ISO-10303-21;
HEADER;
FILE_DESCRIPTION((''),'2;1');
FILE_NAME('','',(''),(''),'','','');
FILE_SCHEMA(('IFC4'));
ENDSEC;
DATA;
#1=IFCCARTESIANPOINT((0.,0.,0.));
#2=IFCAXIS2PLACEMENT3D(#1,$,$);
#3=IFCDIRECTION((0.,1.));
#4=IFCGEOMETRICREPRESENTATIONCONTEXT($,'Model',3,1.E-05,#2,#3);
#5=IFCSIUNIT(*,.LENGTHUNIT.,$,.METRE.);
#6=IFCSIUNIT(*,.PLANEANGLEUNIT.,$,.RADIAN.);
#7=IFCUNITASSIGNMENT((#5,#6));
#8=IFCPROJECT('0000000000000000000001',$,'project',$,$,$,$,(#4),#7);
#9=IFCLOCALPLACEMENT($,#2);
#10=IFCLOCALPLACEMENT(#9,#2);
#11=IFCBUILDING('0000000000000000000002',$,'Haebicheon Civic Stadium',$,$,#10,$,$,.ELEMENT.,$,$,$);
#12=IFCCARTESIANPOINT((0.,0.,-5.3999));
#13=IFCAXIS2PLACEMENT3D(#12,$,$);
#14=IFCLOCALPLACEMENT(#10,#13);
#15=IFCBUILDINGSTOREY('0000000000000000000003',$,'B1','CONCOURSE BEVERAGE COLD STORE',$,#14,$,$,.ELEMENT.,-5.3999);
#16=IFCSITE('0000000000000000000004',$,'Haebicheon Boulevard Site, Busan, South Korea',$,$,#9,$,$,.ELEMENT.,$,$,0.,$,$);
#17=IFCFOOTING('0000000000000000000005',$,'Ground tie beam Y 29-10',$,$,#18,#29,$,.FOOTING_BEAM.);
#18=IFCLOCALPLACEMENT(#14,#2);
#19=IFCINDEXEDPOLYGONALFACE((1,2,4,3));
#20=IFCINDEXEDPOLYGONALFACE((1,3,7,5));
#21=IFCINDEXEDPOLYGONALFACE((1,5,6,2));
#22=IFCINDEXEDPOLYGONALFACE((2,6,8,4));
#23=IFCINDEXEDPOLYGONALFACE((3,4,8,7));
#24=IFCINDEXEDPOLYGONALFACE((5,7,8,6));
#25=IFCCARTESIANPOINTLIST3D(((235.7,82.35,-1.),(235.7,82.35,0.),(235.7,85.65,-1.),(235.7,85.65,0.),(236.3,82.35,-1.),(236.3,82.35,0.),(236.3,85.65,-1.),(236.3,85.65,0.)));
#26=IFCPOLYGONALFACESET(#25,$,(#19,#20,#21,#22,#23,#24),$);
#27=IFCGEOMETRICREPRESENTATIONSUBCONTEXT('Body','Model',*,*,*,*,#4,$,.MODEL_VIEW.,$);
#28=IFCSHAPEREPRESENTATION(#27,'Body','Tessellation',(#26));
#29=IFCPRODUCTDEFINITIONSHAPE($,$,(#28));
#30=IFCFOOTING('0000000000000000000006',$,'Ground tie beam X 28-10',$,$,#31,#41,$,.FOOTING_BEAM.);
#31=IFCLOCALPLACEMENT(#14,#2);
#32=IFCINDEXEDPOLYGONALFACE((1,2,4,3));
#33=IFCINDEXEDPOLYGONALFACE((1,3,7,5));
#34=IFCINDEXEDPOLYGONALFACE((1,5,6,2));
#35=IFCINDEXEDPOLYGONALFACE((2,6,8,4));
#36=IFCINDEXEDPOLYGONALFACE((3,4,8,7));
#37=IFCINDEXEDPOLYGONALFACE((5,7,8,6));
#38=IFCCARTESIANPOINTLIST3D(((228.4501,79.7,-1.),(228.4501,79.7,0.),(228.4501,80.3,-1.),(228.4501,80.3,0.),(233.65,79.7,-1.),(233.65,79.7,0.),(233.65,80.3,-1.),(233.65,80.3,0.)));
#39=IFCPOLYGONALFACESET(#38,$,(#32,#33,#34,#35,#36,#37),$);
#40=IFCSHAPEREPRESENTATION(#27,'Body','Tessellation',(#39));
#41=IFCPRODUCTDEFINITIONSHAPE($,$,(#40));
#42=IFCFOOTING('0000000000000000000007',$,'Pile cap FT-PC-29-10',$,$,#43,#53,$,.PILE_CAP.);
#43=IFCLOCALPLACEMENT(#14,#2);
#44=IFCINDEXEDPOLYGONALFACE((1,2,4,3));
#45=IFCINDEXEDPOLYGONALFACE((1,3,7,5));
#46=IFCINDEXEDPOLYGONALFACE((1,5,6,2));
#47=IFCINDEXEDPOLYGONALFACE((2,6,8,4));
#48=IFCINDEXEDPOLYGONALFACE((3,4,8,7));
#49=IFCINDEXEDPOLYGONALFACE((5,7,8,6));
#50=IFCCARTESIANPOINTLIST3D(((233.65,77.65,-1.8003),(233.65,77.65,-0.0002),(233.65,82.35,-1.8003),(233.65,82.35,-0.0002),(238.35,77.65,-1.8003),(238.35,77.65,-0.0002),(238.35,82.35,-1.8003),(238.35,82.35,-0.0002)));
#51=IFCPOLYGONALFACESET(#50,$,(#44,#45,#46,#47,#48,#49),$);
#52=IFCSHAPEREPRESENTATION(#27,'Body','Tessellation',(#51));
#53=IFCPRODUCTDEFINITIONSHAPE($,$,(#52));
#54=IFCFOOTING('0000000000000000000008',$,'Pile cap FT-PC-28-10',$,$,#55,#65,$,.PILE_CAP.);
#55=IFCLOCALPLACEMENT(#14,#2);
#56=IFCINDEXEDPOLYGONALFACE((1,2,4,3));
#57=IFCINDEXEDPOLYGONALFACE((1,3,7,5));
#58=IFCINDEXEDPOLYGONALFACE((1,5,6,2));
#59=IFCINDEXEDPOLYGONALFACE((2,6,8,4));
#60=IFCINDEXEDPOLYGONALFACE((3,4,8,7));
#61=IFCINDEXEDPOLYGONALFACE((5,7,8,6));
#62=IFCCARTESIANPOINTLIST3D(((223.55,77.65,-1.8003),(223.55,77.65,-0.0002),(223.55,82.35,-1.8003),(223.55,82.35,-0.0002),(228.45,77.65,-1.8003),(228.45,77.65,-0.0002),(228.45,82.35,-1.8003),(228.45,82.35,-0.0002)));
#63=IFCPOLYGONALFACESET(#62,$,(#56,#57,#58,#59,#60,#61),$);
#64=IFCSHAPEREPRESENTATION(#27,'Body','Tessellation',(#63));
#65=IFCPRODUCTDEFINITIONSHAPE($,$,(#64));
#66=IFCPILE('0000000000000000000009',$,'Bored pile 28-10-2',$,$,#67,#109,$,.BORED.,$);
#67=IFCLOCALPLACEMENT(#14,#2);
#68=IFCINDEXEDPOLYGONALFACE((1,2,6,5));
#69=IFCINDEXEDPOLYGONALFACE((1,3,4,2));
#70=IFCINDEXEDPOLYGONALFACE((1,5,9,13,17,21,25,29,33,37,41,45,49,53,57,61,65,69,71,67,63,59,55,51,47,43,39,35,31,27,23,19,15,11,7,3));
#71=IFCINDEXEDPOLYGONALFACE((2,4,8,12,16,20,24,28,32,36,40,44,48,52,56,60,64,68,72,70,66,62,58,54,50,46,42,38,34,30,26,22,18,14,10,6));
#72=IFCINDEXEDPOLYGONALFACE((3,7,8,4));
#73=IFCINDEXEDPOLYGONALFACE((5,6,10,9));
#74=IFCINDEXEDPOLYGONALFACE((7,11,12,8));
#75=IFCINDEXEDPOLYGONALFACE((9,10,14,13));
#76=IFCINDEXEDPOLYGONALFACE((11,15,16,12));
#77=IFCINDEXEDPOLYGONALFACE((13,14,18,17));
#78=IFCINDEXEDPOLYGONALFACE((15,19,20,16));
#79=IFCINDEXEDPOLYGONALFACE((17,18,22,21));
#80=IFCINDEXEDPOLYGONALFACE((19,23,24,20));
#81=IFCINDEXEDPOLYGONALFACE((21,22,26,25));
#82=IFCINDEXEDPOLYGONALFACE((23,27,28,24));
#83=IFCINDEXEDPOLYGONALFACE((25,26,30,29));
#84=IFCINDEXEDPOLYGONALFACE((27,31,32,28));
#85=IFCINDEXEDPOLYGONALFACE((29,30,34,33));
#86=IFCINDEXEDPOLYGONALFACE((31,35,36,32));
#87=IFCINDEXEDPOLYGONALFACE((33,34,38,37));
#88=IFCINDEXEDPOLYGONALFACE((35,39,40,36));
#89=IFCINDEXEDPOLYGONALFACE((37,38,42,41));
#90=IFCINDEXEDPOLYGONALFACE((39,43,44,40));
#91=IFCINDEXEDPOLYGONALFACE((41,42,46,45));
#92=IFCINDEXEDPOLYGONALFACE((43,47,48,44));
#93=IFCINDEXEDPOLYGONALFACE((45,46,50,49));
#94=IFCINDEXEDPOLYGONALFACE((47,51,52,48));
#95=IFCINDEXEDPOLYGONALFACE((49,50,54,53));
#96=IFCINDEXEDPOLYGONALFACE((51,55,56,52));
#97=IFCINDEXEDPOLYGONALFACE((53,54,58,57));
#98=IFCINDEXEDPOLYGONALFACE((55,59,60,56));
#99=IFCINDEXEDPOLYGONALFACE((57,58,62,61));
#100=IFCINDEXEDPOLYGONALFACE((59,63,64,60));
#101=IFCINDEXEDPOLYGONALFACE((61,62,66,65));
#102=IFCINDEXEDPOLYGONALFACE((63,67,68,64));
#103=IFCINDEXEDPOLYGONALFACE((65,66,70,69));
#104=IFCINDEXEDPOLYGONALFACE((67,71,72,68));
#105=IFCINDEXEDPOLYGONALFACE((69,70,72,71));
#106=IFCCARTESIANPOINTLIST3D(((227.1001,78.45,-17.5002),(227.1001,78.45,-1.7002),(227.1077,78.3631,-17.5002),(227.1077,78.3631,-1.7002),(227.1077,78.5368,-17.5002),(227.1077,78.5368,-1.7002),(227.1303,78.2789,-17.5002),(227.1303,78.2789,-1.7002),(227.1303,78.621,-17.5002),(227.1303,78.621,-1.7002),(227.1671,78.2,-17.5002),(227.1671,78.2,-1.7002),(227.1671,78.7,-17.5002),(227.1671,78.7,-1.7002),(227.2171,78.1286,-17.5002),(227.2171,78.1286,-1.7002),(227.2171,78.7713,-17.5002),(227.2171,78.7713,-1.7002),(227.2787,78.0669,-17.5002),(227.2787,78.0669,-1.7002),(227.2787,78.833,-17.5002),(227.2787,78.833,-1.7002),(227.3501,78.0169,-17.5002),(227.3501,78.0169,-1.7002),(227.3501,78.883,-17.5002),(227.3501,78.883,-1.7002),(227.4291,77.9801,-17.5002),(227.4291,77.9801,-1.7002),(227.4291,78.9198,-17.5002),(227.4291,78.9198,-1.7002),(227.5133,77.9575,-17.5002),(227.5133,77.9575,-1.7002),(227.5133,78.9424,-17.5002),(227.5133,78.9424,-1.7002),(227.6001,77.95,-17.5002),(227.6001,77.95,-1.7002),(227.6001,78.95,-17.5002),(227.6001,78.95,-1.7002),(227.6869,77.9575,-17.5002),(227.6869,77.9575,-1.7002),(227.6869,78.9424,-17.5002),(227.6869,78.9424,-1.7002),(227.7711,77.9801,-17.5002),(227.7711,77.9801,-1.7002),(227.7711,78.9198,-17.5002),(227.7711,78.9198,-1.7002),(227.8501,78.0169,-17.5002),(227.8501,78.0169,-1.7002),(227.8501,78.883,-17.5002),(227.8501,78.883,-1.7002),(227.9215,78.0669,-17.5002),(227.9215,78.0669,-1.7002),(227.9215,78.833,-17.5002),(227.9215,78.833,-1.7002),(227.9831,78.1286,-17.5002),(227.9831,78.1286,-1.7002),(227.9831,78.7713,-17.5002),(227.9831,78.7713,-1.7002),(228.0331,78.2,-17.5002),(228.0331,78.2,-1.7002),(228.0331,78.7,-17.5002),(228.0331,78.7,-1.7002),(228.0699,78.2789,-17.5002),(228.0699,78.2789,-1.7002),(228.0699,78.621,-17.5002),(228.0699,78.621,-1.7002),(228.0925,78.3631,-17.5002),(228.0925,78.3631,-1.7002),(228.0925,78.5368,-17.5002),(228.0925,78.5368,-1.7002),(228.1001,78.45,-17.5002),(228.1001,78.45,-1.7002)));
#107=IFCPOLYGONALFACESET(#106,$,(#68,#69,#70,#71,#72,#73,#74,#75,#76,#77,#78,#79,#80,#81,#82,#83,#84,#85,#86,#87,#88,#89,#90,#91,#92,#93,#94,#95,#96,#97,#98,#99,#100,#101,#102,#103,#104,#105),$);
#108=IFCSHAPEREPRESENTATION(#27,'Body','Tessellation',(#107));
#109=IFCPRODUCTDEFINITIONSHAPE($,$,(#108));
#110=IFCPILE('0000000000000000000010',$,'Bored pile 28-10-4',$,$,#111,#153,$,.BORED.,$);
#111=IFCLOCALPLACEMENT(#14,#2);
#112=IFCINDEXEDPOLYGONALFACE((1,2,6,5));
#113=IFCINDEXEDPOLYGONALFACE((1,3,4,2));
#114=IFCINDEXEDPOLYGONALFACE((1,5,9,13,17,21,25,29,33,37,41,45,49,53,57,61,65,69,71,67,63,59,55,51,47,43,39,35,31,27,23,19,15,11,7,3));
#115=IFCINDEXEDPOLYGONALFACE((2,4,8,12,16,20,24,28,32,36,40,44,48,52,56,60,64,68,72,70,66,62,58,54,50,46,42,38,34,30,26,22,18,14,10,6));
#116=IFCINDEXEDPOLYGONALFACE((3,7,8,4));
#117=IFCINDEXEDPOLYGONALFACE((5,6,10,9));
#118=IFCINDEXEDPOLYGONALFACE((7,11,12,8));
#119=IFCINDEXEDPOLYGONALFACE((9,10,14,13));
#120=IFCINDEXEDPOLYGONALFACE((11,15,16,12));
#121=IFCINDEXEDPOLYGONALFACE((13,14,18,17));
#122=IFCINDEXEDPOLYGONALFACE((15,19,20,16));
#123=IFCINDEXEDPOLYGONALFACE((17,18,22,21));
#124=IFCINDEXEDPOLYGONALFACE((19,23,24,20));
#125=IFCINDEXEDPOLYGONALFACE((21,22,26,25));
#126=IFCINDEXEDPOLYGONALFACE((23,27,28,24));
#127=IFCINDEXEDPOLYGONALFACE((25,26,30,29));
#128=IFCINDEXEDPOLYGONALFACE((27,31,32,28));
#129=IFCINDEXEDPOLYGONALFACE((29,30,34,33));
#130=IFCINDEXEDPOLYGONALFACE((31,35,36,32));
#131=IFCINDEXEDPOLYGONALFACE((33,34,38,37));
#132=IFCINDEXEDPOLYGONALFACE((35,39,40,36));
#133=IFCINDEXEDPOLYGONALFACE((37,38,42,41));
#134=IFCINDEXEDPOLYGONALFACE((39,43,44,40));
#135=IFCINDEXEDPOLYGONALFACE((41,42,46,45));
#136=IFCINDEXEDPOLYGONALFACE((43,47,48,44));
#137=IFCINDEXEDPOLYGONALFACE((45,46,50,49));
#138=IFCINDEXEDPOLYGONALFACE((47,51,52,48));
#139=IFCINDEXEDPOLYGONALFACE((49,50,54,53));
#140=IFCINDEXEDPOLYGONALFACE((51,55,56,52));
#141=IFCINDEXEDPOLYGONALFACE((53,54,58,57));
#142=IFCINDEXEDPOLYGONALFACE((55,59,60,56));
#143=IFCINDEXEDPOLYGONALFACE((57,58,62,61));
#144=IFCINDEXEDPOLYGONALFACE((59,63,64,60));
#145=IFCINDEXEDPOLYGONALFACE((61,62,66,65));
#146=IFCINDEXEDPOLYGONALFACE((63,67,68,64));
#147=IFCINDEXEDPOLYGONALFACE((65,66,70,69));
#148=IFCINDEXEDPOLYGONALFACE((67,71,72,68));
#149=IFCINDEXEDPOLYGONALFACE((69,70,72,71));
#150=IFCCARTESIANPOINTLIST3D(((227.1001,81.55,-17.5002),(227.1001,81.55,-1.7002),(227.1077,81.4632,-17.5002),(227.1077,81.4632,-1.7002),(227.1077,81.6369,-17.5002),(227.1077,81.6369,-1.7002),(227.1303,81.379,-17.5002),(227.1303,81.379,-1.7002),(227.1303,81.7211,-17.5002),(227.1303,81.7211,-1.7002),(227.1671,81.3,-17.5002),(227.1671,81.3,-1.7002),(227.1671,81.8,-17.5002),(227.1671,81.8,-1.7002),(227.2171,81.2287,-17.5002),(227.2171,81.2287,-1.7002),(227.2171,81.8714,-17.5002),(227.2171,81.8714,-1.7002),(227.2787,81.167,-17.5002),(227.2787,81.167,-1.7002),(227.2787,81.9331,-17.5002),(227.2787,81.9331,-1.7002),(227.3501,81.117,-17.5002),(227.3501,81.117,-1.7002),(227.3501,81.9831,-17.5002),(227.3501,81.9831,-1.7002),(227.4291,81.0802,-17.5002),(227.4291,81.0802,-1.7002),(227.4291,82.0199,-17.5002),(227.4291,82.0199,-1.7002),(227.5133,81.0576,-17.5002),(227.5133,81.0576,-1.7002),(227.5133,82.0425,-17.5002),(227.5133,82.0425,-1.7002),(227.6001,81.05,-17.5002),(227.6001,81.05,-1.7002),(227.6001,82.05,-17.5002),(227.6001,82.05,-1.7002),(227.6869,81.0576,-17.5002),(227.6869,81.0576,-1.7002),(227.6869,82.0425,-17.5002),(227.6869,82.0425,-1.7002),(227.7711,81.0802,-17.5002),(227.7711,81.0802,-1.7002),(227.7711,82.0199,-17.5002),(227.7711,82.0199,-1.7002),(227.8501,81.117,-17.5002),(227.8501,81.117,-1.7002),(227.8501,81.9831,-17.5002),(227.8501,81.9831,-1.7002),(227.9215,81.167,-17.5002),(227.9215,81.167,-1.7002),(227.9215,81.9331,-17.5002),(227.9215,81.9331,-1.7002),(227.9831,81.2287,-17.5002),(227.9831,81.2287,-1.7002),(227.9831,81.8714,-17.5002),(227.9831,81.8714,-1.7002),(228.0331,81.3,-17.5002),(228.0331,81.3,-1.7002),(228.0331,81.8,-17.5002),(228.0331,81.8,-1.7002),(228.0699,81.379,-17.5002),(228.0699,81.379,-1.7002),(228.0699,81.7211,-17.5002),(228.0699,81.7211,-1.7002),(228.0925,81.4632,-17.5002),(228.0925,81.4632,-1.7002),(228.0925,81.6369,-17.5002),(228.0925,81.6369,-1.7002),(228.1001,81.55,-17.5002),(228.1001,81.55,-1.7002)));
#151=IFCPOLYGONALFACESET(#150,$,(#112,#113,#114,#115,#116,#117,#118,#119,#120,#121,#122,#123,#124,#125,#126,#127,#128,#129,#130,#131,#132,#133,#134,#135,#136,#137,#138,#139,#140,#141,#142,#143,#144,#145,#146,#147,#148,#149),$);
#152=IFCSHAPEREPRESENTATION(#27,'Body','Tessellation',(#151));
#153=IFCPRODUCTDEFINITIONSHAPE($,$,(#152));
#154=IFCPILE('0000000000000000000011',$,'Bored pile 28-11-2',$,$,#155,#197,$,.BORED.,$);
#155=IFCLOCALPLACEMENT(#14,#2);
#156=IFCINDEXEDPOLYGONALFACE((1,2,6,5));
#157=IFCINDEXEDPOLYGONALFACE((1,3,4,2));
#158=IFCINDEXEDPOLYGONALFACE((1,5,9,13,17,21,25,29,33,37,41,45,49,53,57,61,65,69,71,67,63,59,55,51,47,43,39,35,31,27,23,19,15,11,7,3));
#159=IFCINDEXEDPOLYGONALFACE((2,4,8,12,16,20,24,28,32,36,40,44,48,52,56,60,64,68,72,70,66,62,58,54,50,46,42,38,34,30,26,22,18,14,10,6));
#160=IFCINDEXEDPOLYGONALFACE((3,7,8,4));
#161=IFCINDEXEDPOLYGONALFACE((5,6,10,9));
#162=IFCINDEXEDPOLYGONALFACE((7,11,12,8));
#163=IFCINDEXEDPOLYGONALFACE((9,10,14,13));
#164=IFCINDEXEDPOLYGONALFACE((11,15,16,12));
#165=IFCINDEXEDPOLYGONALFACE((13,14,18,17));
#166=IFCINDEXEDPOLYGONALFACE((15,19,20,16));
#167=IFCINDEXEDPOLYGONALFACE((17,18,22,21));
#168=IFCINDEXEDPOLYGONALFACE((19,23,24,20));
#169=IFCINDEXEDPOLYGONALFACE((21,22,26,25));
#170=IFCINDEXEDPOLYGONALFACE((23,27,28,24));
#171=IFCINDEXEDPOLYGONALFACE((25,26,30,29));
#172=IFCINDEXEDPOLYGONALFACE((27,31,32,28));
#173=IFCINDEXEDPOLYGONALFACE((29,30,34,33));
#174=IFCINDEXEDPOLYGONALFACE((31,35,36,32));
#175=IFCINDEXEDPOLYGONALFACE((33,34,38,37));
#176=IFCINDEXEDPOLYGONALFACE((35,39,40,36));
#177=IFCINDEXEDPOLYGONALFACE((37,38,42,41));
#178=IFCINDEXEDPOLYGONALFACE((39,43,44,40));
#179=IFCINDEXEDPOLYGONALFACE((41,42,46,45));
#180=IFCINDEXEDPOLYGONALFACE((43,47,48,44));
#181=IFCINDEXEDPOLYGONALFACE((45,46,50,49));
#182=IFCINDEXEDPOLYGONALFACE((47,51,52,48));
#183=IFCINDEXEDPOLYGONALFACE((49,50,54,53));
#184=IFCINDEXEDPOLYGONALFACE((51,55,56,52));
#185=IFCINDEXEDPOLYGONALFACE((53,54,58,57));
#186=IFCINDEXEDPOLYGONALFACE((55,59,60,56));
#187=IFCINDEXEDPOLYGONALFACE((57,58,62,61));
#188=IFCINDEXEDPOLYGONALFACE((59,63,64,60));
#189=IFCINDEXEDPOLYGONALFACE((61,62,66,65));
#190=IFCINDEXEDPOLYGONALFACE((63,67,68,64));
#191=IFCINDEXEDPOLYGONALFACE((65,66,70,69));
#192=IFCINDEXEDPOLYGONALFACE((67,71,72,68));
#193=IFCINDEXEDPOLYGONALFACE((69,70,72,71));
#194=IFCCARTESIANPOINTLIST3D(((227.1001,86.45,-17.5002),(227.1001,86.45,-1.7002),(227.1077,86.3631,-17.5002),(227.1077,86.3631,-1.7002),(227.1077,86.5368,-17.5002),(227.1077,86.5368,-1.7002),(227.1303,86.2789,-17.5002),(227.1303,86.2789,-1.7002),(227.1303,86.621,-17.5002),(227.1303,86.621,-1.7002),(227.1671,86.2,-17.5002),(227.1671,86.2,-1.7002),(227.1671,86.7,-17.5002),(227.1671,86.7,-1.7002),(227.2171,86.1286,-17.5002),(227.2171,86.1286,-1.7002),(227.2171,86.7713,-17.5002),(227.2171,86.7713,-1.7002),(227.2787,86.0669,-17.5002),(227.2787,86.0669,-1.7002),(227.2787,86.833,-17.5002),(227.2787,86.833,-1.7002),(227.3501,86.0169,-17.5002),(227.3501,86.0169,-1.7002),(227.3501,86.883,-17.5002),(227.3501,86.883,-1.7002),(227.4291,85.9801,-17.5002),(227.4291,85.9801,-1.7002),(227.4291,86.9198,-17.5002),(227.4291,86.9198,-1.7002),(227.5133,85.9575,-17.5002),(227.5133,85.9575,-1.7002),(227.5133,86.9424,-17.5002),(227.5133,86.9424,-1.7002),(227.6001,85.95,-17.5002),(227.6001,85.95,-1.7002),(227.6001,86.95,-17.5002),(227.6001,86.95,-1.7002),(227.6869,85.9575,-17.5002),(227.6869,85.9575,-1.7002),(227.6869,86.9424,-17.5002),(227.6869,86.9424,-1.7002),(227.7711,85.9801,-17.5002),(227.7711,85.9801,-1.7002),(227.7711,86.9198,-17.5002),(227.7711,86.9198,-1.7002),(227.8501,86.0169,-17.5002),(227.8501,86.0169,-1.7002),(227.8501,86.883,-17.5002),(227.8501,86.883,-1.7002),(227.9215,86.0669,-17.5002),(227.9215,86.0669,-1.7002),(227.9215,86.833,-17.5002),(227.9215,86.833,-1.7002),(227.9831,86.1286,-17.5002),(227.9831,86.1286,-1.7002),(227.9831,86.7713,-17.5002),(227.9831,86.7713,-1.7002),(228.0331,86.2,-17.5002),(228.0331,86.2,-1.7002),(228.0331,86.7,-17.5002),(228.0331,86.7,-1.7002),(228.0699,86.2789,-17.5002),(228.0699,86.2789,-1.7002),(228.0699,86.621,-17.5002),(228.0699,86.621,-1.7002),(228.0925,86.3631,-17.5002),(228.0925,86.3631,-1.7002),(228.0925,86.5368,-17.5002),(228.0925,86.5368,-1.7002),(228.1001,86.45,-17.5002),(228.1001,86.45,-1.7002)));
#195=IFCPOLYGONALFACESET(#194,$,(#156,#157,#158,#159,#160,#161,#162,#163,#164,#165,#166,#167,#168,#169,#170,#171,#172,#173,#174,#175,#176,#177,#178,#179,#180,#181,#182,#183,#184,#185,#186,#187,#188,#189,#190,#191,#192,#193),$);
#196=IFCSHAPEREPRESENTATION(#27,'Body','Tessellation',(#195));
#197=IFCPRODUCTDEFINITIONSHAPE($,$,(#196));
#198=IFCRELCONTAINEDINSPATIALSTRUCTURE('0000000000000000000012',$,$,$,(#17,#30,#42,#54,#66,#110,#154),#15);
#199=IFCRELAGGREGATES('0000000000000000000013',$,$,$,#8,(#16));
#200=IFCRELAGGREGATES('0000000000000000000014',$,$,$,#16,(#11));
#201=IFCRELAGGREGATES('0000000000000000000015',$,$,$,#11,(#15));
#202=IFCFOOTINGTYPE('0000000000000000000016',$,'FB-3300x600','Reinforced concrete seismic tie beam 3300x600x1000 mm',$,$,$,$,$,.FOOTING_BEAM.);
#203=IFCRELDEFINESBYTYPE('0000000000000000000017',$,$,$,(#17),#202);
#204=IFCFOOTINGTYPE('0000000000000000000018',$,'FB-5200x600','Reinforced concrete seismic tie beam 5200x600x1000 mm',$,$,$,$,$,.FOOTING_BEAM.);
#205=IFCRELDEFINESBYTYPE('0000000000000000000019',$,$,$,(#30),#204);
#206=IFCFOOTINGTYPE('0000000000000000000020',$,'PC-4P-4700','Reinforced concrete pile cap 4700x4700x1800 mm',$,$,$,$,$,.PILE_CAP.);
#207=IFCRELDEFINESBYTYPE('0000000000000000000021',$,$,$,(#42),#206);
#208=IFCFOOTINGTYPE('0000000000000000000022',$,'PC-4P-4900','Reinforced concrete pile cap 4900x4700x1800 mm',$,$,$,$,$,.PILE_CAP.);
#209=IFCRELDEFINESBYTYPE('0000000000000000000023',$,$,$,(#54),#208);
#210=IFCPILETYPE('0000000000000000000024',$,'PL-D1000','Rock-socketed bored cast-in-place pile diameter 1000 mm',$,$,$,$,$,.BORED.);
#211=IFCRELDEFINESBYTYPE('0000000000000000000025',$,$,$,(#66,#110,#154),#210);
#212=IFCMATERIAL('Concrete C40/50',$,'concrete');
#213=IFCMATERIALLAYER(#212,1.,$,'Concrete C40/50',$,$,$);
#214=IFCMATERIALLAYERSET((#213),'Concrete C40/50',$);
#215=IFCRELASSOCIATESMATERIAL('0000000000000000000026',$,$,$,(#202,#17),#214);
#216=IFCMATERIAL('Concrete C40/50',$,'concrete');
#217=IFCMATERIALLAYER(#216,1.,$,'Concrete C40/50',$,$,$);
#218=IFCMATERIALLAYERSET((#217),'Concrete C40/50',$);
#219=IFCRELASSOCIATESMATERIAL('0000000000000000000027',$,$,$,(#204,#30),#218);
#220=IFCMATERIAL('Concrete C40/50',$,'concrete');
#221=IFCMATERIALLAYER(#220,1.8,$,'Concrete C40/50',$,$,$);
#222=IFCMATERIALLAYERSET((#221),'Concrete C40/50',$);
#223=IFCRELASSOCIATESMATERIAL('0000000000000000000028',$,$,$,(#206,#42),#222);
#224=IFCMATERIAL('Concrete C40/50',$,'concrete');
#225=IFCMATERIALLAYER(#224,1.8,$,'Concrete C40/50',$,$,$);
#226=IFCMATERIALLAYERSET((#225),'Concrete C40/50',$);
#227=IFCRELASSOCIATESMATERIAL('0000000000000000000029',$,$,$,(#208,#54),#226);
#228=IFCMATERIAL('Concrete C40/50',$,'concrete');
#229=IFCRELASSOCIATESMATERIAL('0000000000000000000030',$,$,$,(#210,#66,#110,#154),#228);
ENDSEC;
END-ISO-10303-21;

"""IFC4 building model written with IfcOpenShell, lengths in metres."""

from ifc_helpers import new_model, si_unit, direction, frame, origin, origin_2d, place, context, subcontext, project, spatial, rectangle, circle, extrude, material, layer, layer_set, material_profile, profile_set, type_object, element, save


model = new_model("IFC4")

# Units and contexts
model_context = context("Model", 3, precision=1e-05, world=origin(), true_north=direction((0.0, 1.0)))
body_context = subcontext(model_context, "Body", "Model", "MODEL_VIEW")
ifc_project = project(units=[si_unit("LENGTHUNIT", "METRE"), si_unit("PLANEANGLEUNIT", "RADIAN")], contexts=[model_context])

# Site, building, storey
site_placement = place(None, origin())
site = spatial("IfcSite", under=ifc_project, at=site_placement, Name="Haebicheon Boulevard Site, Busan, South Korea", CompositionType="ELEMENT", RefElevation=0.0)
building_placement = place(site_placement, origin())
building = spatial("IfcBuilding", under=site, at=building_placement, Name="Haebicheon Civic Stadium", CompositionType="ELEMENT")
storey_placement = place(building_placement, frame((0.0, 0.0, -5.3999)))
storey = spatial("IfcBuildingStorey", under=building, at=storey_placement, Name="B1", Description="CONCOURSE BEVERAGE COLD STORE", CompositionType="ELEMENT", Elevation=-5.3999)

# Footings
ifc_material_1 = material(Name="Concrete C40/50", Category="concrete")
ifc_layer_1 = layer(ifc_material_1, 1.0, Name="Concrete C40/50")
ifc_layer_set_1 = layer_set([ifc_layer_1], Name="Concrete C40/50")
footing_type_1 = type_object("IfcFootingType", Name="FB-3300x600", Description="Reinforced concrete seismic tie beam 3300x600x1000 mm", PredefinedType="FOOTING_BEAM", material=ifc_layer_set_1)
footing_1_placement = place(storey_placement, frame((236.0, 84.0, -1.0), z_axis=(0.0, 0.0, 1.0), x_axis=(0.0, 1.0, 0.0)))
element("IfcFooting", 1, at=footing_1_placement, inside=storey, type_object=footing_type_1, material=ifc_layer_set_1, Name="Ground tie beam Y 29-10", PredefinedType="FOOTING_BEAM", context=body_context, shape_type="SweptSolid", body=[
    extrude(rectangle(XDim=3.3, YDim=0.6001, at=origin_2d()), origin(), (0.0, 0.0, 1.0), 1.0),
])
ifc_material_2 = material(Name="Concrete C40/50", Category="concrete")
ifc_layer_2 = layer(ifc_material_2, 1.0, Name="Concrete C40/50")
ifc_layer_set_2 = layer_set([ifc_layer_2], Name="Concrete C40/50")
footing_type_2 = type_object("IfcFootingType", Name="FB-5200x600", Description="Reinforced concrete seismic tie beam 5200x600x1000 mm", PredefinedType="FOOTING_BEAM", material=ifc_layer_set_2)
footing_2_placement = place(storey_placement, frame((231.05, 80.0, -1.0), z_axis=(0.0, 0.0, 1.0), x_axis=(1.0, 0.0, 0.0)))
element("IfcFooting", 2, at=footing_2_placement, inside=storey, type_object=footing_type_2, material=ifc_layer_set_2, Name="Ground tie beam X 28-10", PredefinedType="FOOTING_BEAM", context=body_context, shape_type="SweptSolid", body=[
    extrude(rectangle(XDim=5.2, YDim=0.6001, at=origin_2d()), origin(), (0.0, 0.0, 1.0), 1.0),
])
ifc_material_3 = material(Name="Concrete C40/50", Category="concrete")
ifc_layer_3 = layer(ifc_material_3, 1.8, Name="Concrete C40/50")
ifc_layer_set_3 = layer_set([ifc_layer_3], Name="Concrete C40/50")
footing_type_3 = type_object("IfcFootingType", Name="PC-4P-4700", Description="Reinforced concrete pile cap 4700x4700x1800 mm", PredefinedType="PILE_CAP", material=ifc_layer_set_3)
footing_3_placement = place(storey_placement, frame((236.0, 80.0, -1.8003), z_axis=(0.0, 0.0, 1.0), x_axis=(1.0, 0.0, 0.0)))
element("IfcFooting", 3, at=footing_3_placement, inside=storey, type_object=footing_type_3, material=ifc_layer_set_3, Name="Pile cap FT-PC-29-10", PredefinedType="PILE_CAP", context=body_context, shape_type="SweptSolid", body=[
    extrude(rectangle(XDim=4.7, YDim=4.7, at=origin_2d()), origin(), (0.0, 0.0, 1.0), 1.8),
])
ifc_material_4 = material(Name="Concrete C40/50", Category="concrete")
ifc_layer_4 = layer(ifc_material_4, 1.8, Name="Concrete C40/50")
ifc_layer_set_4 = layer_set([ifc_layer_4], Name="Concrete C40/50")
footing_type_4 = type_object("IfcFootingType", Name="PC-4P-4900", Description="Reinforced concrete pile cap 4900x4700x1800 mm", PredefinedType="PILE_CAP", material=ifc_layer_set_4)
footing_4_placement = place(storey_placement, frame((226.0, 80.0, -1.8003), z_axis=(0.0, 0.0, 1.0), x_axis=(1.0, 0.0, 0.0)))
element("IfcFooting", 4, at=footing_4_placement, inside=storey, type_object=footing_type_4, material=ifc_layer_set_4, Name="Pile cap FT-PC-28-10", PredefinedType="PILE_CAP", context=body_context, shape_type="SweptSolid", body=[
    extrude(rectangle(XDim=4.8999, YDim=4.7, at=origin_2d()), origin(), (0.0, 0.0, 1.0), 1.8),
])

# Piles
ifc_material_5 = material(Name="Concrete C40/50", Category="concrete")
ifc_material_profile_1 = material_profile(ifc_material_5, circle(Radius=0.5, at=origin_2d()), Name="PILE-D1000")
ifc_profile_set_1 = profile_set([ifc_material_profile_1], Name="Concrete C40/50")
pile_type = type_object("IfcPileType", Name="PL-D1000", Description="Rock-socketed bored cast-in-place pile diameter 1000 mm", PredefinedType="BORED", material=ifc_profile_set_1)
for number, where, z_axis, x_axis, name in (
    (5, (227.6001, 78.45, -1.7002), (0.0, 0.0, -1.0), (1.0, 0.0, 0.0), "Bored pile 28-10-2"),
    (6, (227.6001, 81.55, -1.7002), (0.0, 0.0, -1.0), (1.0, 0.0, 0.0), "Bored pile 28-10-4"),
    (7, (227.6001, 86.45, -1.7002), (0.0, 0.0, -1.0), (1.0, 0.0, 0.0), "Bored pile 28-11-2"),
):
    element("IfcPile", number, at=place(storey_placement, frame(where, z_axis=z_axis, x_axis=x_axis)), inside=storey, type_object=pile_type, material=ifc_profile_set_1, Name=name, PredefinedType="BORED", context=body_context, shape_type="SweptSolid", body=[
        extrude(circle(Radius=0.5, at=origin_2d()), origin(), (0.0, 0.0, 1.0), 15.8),
    ])

save(model, "model.ifc")
